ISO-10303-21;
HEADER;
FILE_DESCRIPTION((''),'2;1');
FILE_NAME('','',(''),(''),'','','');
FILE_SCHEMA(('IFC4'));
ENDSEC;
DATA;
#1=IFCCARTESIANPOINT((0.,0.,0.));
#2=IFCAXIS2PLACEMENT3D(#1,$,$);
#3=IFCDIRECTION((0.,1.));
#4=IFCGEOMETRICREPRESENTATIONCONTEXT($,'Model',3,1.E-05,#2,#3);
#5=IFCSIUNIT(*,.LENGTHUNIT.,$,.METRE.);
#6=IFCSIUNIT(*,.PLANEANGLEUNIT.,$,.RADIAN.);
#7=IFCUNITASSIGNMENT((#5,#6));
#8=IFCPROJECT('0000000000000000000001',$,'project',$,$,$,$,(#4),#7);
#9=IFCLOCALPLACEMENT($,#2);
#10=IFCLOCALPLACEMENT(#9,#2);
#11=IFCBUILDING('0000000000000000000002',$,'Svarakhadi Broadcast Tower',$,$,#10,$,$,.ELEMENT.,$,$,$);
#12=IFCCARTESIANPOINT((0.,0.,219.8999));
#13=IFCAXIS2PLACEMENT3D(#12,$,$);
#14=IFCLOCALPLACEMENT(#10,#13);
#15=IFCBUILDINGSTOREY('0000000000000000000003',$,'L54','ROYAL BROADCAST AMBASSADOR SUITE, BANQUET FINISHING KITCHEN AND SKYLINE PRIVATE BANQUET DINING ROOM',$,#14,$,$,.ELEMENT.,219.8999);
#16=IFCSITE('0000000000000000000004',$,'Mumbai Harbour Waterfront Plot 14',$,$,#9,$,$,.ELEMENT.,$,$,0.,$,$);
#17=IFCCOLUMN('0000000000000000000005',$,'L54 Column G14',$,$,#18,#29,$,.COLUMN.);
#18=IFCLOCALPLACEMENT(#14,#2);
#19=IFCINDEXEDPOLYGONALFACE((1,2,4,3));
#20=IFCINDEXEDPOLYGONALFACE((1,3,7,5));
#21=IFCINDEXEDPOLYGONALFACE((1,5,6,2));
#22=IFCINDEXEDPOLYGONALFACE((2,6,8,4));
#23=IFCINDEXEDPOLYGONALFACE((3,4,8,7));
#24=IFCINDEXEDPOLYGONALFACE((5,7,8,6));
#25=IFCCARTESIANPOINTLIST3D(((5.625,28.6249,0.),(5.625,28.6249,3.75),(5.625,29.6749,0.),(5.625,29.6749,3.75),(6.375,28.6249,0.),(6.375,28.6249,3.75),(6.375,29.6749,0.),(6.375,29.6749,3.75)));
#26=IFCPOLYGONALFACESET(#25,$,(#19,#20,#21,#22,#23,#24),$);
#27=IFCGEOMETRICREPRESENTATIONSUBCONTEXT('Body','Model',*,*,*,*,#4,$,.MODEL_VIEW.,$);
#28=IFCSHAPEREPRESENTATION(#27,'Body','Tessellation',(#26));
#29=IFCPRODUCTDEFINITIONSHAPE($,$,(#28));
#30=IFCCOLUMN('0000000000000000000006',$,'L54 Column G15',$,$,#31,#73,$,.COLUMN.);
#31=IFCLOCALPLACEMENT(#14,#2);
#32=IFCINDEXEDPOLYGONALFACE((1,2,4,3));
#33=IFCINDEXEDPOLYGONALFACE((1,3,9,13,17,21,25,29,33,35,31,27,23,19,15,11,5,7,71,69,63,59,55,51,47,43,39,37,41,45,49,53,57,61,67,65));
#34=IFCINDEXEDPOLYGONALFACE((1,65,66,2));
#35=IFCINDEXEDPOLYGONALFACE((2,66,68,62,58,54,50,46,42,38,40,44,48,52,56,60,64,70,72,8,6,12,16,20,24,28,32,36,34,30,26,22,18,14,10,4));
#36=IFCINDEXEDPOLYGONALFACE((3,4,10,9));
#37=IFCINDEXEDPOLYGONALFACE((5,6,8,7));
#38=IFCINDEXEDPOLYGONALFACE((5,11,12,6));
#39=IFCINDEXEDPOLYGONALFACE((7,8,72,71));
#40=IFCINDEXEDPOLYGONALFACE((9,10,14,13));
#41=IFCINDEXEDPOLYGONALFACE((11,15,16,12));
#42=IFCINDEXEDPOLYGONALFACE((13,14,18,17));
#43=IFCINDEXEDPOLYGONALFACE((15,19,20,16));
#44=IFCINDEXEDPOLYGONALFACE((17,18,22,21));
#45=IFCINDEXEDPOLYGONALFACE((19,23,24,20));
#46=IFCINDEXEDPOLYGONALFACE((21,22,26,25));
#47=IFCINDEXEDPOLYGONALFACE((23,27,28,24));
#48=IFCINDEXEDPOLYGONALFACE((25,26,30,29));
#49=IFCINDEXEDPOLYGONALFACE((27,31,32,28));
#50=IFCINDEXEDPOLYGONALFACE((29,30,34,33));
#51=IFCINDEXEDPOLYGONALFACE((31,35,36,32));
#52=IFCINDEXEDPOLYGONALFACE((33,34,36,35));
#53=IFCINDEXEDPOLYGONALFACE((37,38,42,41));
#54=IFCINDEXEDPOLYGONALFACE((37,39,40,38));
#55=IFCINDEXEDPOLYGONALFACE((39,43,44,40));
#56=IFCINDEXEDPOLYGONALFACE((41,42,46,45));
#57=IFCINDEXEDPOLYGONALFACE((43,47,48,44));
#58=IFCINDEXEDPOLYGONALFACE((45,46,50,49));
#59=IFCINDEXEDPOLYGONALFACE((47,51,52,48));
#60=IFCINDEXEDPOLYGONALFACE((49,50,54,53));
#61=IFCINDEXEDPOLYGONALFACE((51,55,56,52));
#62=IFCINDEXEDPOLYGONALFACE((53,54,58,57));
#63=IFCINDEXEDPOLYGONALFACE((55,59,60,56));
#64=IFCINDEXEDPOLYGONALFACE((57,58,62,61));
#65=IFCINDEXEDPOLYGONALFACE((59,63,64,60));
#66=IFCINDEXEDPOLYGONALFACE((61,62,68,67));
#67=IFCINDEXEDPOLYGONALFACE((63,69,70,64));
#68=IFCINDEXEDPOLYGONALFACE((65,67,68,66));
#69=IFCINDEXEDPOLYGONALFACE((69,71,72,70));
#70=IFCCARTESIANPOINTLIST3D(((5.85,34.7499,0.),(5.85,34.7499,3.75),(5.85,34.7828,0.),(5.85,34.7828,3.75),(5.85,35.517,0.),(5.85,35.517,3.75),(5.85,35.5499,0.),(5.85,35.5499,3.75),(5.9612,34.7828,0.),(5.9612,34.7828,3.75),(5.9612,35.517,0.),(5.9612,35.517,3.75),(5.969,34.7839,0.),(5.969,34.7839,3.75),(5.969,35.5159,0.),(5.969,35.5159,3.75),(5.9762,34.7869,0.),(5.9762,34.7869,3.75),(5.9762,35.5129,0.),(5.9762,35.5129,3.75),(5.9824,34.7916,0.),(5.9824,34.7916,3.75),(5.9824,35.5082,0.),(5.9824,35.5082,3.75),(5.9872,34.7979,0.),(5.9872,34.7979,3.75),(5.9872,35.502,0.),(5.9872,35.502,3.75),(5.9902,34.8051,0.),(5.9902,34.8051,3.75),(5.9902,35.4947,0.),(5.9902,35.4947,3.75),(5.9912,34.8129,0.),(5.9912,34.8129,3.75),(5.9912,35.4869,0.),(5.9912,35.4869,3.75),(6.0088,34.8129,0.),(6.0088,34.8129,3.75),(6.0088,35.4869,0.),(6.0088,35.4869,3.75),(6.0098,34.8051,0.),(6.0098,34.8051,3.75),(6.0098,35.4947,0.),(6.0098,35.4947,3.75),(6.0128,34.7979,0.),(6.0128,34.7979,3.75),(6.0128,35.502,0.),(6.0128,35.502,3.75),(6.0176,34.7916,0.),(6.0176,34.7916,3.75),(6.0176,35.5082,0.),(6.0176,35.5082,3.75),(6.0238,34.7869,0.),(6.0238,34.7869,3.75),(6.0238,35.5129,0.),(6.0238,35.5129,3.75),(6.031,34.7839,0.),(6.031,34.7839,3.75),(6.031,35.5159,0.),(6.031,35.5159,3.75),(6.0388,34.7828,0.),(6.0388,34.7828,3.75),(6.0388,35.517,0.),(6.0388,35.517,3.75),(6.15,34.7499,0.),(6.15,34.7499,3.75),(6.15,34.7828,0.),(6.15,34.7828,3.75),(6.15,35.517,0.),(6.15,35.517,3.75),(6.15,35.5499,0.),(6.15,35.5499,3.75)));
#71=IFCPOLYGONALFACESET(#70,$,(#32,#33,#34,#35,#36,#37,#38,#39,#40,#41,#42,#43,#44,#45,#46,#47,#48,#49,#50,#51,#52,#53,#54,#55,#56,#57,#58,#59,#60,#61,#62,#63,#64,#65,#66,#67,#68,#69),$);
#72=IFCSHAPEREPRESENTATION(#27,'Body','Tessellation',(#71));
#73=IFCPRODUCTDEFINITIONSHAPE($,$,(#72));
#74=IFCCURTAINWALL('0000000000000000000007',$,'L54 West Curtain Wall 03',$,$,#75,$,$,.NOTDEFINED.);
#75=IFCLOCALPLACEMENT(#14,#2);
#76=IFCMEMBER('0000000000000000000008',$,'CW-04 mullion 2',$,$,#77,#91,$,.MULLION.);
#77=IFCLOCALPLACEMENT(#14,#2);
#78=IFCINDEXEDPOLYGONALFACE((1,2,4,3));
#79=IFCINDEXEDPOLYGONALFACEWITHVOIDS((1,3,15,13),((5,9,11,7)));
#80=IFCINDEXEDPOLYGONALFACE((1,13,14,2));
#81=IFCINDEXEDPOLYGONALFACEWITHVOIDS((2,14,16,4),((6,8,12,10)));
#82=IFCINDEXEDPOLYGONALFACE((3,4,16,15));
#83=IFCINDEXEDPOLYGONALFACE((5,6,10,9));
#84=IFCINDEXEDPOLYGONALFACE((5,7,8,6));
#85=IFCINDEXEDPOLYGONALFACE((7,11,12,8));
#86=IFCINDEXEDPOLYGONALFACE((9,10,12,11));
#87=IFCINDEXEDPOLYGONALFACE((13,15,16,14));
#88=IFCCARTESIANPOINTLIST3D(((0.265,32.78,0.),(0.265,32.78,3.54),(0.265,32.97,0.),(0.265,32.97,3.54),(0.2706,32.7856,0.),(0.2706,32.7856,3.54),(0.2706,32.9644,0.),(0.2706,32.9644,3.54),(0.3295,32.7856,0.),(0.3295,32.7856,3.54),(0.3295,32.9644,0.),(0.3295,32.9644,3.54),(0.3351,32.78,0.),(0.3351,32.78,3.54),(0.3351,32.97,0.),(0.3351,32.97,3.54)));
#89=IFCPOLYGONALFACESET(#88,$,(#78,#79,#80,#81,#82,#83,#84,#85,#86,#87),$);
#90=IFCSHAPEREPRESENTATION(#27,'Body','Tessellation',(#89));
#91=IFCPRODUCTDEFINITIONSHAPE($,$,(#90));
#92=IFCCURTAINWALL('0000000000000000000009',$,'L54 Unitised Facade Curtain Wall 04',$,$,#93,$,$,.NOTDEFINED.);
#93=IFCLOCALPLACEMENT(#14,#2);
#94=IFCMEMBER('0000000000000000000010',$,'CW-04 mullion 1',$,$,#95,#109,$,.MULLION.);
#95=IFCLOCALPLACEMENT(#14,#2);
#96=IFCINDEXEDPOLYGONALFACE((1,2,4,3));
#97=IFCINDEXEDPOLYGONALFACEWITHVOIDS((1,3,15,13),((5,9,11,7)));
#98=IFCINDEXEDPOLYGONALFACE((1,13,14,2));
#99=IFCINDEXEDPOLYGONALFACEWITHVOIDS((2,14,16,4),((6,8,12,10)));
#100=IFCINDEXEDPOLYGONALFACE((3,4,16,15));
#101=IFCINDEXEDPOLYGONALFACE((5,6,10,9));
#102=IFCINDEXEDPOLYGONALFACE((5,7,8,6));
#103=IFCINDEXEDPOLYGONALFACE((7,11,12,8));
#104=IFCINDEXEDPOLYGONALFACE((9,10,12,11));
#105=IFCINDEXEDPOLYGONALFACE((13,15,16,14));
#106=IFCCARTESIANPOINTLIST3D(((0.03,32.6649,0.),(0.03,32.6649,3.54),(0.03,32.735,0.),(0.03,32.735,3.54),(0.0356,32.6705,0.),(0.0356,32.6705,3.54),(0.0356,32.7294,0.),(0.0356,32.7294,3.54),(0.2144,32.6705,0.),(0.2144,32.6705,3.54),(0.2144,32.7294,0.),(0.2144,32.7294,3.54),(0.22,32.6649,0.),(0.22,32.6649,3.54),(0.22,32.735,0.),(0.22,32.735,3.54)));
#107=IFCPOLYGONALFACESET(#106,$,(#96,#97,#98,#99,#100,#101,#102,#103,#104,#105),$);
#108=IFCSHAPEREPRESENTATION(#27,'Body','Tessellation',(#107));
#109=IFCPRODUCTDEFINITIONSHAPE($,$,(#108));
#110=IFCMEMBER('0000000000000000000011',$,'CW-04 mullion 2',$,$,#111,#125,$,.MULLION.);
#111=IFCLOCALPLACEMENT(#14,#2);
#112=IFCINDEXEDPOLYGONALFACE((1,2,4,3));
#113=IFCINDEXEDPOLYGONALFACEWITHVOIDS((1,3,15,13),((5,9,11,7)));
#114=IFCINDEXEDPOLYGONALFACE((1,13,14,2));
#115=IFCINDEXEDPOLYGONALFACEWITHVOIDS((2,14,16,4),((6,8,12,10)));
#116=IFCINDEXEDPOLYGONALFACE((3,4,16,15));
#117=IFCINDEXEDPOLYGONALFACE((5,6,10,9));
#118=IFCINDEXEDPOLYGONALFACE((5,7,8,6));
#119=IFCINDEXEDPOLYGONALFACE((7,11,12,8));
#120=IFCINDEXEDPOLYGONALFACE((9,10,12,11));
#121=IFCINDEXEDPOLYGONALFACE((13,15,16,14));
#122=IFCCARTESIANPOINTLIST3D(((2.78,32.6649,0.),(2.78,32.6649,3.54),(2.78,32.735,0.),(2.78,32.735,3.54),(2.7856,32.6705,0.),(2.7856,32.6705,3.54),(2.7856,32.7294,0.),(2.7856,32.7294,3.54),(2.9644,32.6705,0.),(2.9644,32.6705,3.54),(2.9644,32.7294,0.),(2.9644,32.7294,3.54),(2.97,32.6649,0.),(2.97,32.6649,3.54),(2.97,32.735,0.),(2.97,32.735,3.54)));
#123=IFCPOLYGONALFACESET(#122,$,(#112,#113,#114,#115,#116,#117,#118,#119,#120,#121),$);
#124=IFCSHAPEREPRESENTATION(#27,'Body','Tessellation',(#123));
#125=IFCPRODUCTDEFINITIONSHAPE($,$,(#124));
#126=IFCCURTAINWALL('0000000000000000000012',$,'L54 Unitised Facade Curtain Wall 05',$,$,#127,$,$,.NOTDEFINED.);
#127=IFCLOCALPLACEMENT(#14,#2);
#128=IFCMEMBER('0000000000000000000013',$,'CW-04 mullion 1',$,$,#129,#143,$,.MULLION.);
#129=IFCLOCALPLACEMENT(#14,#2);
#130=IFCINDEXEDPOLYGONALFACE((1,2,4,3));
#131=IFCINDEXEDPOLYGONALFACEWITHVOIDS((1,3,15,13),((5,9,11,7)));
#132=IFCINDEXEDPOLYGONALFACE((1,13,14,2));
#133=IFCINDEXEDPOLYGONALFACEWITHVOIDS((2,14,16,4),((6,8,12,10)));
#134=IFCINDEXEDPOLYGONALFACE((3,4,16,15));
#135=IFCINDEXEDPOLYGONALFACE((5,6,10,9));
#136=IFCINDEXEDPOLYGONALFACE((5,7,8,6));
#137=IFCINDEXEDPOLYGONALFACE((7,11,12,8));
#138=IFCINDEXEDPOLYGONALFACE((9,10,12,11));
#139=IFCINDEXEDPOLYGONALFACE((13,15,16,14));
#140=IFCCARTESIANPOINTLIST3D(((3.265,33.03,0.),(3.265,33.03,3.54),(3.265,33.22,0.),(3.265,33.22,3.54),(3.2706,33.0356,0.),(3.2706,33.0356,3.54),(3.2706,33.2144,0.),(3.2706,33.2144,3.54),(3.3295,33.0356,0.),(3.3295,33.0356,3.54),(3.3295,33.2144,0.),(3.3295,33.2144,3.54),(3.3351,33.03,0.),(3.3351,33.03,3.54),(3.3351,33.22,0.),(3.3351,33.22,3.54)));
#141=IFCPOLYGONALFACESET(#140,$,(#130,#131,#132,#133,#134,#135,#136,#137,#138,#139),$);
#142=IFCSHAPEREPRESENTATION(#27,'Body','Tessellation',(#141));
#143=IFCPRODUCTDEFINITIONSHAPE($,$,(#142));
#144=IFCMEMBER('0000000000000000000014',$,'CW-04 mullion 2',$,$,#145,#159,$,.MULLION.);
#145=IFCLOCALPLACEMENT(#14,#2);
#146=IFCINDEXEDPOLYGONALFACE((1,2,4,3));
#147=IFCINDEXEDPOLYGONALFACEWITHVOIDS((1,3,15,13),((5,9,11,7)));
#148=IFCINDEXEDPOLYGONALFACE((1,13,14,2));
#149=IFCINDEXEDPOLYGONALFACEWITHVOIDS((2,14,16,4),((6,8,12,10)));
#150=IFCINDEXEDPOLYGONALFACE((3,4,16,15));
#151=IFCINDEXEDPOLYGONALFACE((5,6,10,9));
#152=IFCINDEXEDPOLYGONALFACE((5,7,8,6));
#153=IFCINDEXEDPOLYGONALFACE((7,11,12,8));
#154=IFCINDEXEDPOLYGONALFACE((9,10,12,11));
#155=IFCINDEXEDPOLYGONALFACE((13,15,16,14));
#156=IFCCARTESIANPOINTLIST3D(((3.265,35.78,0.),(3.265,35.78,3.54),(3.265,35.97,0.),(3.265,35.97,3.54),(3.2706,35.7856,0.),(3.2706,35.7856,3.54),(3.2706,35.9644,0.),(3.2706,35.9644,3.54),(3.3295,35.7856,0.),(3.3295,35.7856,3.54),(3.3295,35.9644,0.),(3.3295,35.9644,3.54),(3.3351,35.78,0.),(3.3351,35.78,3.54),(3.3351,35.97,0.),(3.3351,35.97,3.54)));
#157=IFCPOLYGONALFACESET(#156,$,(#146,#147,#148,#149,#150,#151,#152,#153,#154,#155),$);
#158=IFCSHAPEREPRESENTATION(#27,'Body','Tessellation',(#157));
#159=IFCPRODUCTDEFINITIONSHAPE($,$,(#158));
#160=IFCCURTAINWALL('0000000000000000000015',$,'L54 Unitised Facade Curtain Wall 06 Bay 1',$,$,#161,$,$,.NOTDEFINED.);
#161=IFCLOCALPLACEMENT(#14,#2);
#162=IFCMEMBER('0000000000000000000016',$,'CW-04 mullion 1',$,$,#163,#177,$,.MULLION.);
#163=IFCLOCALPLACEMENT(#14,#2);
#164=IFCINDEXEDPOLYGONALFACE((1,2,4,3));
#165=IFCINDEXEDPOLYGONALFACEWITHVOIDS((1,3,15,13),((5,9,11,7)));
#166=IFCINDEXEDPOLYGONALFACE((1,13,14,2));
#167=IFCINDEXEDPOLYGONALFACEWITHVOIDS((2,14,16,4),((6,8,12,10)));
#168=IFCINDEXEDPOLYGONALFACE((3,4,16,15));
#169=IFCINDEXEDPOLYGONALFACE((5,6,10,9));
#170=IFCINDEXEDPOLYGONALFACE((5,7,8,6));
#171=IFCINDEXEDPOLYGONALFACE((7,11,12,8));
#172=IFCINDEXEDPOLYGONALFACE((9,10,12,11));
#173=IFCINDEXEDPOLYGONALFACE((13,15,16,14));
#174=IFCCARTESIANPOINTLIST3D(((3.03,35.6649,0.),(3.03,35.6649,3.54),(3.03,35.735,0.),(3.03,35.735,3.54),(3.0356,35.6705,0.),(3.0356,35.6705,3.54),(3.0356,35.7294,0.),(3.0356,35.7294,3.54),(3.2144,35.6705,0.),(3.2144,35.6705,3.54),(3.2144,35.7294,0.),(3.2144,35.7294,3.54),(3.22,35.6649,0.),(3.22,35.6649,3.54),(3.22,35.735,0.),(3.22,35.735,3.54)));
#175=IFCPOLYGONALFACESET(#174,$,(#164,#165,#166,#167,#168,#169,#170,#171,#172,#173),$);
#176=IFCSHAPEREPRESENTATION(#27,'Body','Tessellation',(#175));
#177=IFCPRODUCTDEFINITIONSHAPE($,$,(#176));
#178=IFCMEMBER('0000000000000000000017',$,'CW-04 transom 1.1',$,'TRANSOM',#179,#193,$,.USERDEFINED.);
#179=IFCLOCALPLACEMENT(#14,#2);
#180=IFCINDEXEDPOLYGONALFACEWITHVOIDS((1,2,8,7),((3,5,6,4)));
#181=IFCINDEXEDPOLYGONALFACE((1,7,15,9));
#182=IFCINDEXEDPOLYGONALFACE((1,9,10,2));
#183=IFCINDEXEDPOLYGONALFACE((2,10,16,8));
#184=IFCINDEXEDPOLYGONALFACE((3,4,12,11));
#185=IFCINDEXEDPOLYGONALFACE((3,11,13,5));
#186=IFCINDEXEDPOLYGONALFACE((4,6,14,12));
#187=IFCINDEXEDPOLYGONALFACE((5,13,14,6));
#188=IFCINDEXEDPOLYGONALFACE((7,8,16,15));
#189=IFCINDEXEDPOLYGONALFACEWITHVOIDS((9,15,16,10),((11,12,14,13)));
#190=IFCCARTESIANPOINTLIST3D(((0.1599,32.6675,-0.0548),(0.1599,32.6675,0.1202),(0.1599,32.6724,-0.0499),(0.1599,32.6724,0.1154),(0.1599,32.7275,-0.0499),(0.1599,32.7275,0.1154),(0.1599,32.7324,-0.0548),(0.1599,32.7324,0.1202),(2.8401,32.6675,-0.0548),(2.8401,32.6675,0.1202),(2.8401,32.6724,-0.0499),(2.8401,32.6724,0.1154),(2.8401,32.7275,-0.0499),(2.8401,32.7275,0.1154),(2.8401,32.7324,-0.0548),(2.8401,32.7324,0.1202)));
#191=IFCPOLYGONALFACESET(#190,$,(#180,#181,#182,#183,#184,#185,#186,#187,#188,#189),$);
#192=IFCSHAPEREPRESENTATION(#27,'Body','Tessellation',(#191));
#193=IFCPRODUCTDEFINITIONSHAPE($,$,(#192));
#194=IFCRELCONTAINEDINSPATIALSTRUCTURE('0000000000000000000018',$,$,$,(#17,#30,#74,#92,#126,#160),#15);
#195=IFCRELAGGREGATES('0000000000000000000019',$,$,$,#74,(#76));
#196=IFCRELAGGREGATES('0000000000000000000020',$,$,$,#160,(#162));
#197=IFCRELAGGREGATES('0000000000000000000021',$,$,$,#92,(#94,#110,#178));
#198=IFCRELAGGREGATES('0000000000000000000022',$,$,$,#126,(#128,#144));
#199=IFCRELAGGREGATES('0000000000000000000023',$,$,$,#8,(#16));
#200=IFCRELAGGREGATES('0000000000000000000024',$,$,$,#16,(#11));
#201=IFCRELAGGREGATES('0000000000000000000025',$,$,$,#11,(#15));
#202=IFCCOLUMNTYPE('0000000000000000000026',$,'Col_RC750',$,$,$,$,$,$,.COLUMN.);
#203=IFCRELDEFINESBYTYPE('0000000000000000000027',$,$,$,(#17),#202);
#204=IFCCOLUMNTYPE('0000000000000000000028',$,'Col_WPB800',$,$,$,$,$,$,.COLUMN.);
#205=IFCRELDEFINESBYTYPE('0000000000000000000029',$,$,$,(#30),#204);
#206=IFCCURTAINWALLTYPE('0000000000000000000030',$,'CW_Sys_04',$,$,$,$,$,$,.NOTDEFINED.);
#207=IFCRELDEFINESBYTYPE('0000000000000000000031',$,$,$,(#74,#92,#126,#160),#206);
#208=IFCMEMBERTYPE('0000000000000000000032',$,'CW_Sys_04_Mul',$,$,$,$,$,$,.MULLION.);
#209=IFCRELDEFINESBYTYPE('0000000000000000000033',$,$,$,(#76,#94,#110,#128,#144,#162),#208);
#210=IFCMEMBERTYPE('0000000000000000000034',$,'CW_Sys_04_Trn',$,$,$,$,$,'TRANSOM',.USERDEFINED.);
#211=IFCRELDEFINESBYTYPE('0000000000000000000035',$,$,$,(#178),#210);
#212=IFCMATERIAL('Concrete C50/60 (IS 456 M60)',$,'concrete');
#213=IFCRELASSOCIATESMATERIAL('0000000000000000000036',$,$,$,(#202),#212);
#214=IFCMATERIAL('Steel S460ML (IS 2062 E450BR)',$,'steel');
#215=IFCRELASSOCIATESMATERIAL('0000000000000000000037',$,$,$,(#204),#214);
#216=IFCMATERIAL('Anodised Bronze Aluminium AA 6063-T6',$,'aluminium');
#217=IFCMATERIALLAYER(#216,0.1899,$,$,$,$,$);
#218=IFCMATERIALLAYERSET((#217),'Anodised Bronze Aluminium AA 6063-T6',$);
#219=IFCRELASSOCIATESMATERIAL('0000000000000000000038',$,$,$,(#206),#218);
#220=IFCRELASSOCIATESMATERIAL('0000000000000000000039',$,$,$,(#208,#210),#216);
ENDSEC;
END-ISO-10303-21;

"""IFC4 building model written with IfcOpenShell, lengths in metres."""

from ifc_helpers import new_model, si_unit, direction, frame, origin, origin_2d, place, context, subcontext, project, spatial, rectangle, hollow_rectangle, i_section, extrude, material, layer, layer_set, material_profile, profile_set, type_object, element, aggregate, save


model = new_model("IFC4")

# Units and contexts
model_context = context("Model", 3, precision=1e-05, world=origin(), true_north=direction((0.0, 1.0)))
body_context = subcontext(model_context, "Body", "Model", "MODEL_VIEW")
ifc_project = project(units=[si_unit("LENGTHUNIT", "METRE"), si_unit("PLANEANGLEUNIT", "RADIAN")], contexts=[model_context])

# Site, building, storey
site_placement = place(None, origin())
site = spatial("IfcSite", under=ifc_project, at=site_placement, Name="Mumbai Harbour Waterfront Plot 14", CompositionType="ELEMENT", RefElevation=0.0)
building_placement = place(site_placement, origin())
building = spatial("IfcBuilding", under=site, at=building_placement, Name="Svarakhadi Broadcast Tower", CompositionType="ELEMENT")
storey_placement = place(building_placement, frame((0.0, 0.0, 219.8999)))
storey = spatial("IfcBuildingStorey", under=building, at=storey_placement, Name="L54", Description="ROYAL BROADCAST AMBASSADOR SUITE, BANQUET FINISHING KITCHEN AND SKYLINE PRIVATE BANQUET DINING ROOM", CompositionType="ELEMENT", Elevation=219.8999)

# Columns
ifc_material_1 = material(Name="Concrete C50/60 (IS 456 M60)", Category="concrete")
ifc_material_profile_1 = material_profile(ifc_material_1, rectangle(XDim=0.75, YDim=1.05, at=origin_2d()), Name="RC 750x1050")
ifc_profile_set_1 = profile_set([ifc_material_profile_1], Name="Concrete C50/60 (IS 456 M60)")
column_type_1 = type_object("IfcColumnType", Name="Col_RC750", PredefinedType="COLUMN", material=ifc_profile_set_1)
column_1_placement = place(storey_placement, frame((6.0, 29.1499, 0.0), z_axis=(0.0, 0.0, 1.0), x_axis=(1.0, 0.0, 0.0)))
element("IfcColumn", 1, at=column_1_placement, inside=storey, type_object=column_type_1, Name="L54 Column G14", PredefinedType="COLUMN", context=body_context, shape_type="SweptSolid", body=[
    extrude(rectangle(XDim=0.75, YDim=1.05, at=origin_2d()), origin(), (0.0, 0.0, 1.0), 3.75),
])
ifc_material_2 = material(Name="Steel S460ML (IS 2062 E450BR)", Category="steel")
ifc_material_profile_2 = material_profile(ifc_material_2, i_section(OverallWidth=0.3, OverallDepth=0.8, WebThickness=0.0176, FlangeThickness=0.033, FilletRadius=0.03, at=origin_2d()), Name="WPB 800x300x262")
ifc_profile_set_2 = profile_set([ifc_material_profile_2], Name="Steel S460ML (IS 2062 E450BR)")
column_type_2 = type_object("IfcColumnType", Name="Col_WPB800", PredefinedType="COLUMN", material=ifc_profile_set_2)
column_2_placement = place(storey_placement, frame((6.0, 35.1499, 0.0), z_axis=(0.0, 0.0, 1.0), x_axis=(1.0, 0.0, 0.0)))
element("IfcColumn", 2, at=column_2_placement, inside=storey, type_object=column_type_2, Name="L54 Column G15", PredefinedType="COLUMN", context=body_context, shape_type="SweptSolid", body=[
    extrude(i_section(OverallWidth=0.3, OverallDepth=0.8, WebThickness=0.0176, FlangeThickness=0.033, FilletRadius=0.03, at=origin_2d()), origin(), (0.0, 0.0, 1.0), 3.75),
])

# Curtain wall, member
ifc_material_3 = material(Name="Anodised Bronze Aluminium AA 6063-T6", Category="aluminium")
ifc_layer_1 = layer(ifc_material_3, 0.1899)
ifc_layer_set_1 = layer_set([ifc_layer_1], Name="Anodised Bronze Aluminium AA 6063-T6")
curtain_wall_type = type_object("IfcCurtainWallType", Name="CW_Sys_04", PredefinedType="NOTDEFINED", material=ifc_layer_set_1)
curtain_wall_1_placement = place(storey_placement, origin())
curtain_wall_1 = element("IfcCurtainWall", 3, at=curtain_wall_1_placement, inside=storey, type_object=curtain_wall_type, Name="L54 West Curtain Wall 03", PredefinedType="NOTDEFINED")
ifc_material_profile_3 = material_profile(ifc_material_3, hollow_rectangle(XDim=0.0701, YDim=0.1899, WallThickness=0.0056, at=origin_2d()), Name="ALU MULLION 190x70x6")
ifc_profile_set_3 = profile_set([ifc_material_profile_3], Name="Anodised Bronze Aluminium AA 6063-T6")
member_type_1 = type_object("IfcMemberType", Name="CW_Sys_04_Mul", PredefinedType="MULLION", material=ifc_profile_set_3)
member_1_placement = place(storey_placement, frame((0.3, 32.875, 0.0), z_axis=(0.0, 0.0, 1.0), x_axis=(-1.0, 0.0, 0.0)))
member_1 = element("IfcMember", 4, at=member_1_placement, type_object=member_type_1, Name="CW-04 mullion 2", PredefinedType="MULLION", context=body_context, shape_type="SweptSolid", body=[
    extrude(hollow_rectangle(XDim=0.0701, YDim=0.1899, WallThickness=0.0056, at=origin_2d()), origin(), (0.0, 0.0, 1.0), 3.54),
])
aggregate(curtain_wall_1, [member_1])

# Curtain walls, members
curtain_wall_2_placement = place(storey_placement, origin())
curtain_wall_2 = element("IfcCurtainWall", 5, at=curtain_wall_2_placement, inside=storey, type_object=curtain_wall_type, Name="L54 Unitised Facade Curtain Wall 04", PredefinedType="NOTDEFINED")
member_2_placement = place(storey_placement, frame((0.125, 32.7, 0.0), z_axis=(0.0, 0.0, 1.0), x_axis=(0.0, 1.0, 0.0)))
member_2 = element("IfcMember", 6, at=member_2_placement, type_object=member_type_1, Name="CW-04 mullion 1", PredefinedType="MULLION", context=body_context, shape_type="SweptSolid", body=[
    extrude(hollow_rectangle(XDim=0.0701, YDim=0.1899, WallThickness=0.0056, at=origin_2d()), origin(), (0.0, 0.0, 1.0), 3.54),
])
member_3_placement = place(storey_placement, frame((2.875, 32.7, 0.0), z_axis=(0.0, 0.0, 1.0), x_axis=(0.0, 1.0, 0.0)))
member_3 = element("IfcMember", 7, at=member_3_placement, type_object=member_type_1, Name="CW-04 mullion 2", PredefinedType="MULLION", context=body_context, shape_type="SweptSolid", body=[
    extrude(hollow_rectangle(XDim=0.0701, YDim=0.1899, WallThickness=0.0056, at=origin_2d()), origin(), (0.0, 0.0, 1.0), 3.54),
])
curtain_wall_3_placement = place(storey_placement, origin())
curtain_wall_3 = element("IfcCurtainWall", 8, at=curtain_wall_3_placement, inside=storey, type_object=curtain_wall_type, Name="L54 Unitised Facade Curtain Wall 05", PredefinedType="NOTDEFINED")
member_4_placement = place(storey_placement, frame((3.3, 33.125, 0.0), z_axis=(0.0, 0.0, 1.0), x_axis=(-1.0, 0.0, 0.0)))
member_4 = element("IfcMember", 9, at=member_4_placement, type_object=member_type_1, Name="CW-04 mullion 1", PredefinedType="MULLION", context=body_context, shape_type="SweptSolid", body=[
    extrude(hollow_rectangle(XDim=0.0701, YDim=0.1899, WallThickness=0.0056, at=origin_2d()), origin(), (0.0, 0.0, 1.0), 3.54),
])
member_5_placement = place(storey_placement, frame((3.3, 35.875, 0.0), z_axis=(0.0, 0.0, 1.0), x_axis=(-1.0, 0.0, 0.0)))
member_5 = element("IfcMember", 10, at=member_5_placement, type_object=member_type_1, Name="CW-04 mullion 2", PredefinedType="MULLION", context=body_context, shape_type="SweptSolid", body=[
    extrude(hollow_rectangle(XDim=0.0701, YDim=0.1899, WallThickness=0.0056, at=origin_2d()), origin(), (0.0, 0.0, 1.0), 3.54),
])

# Curtain wall, member
curtain_wall_4_placement = place(storey_placement, origin())
curtain_wall_4 = element("IfcCurtainWall", 11, at=curtain_wall_4_placement, inside=storey, type_object=curtain_wall_type, Name="L54 Unitised Facade Curtain Wall 06 Bay 1", PredefinedType="NOTDEFINED")
member_6_placement = place(storey_placement, frame((3.125, 35.7, 0.0), z_axis=(0.0, 0.0, 1.0), x_axis=(0.0, 1.0, 0.0)))
member_6 = element("IfcMember", 12, at=member_6_placement, type_object=member_type_1, Name="CW-04 mullion 1", PredefinedType="MULLION", context=body_context, shape_type="SweptSolid", body=[
    extrude(hollow_rectangle(XDim=0.0701, YDim=0.1899, WallThickness=0.0056, at=origin_2d()), origin(), (0.0, 0.0, 1.0), 3.54),
])

# Member
ifc_material_profile_4 = material_profile(ifc_material_3, hollow_rectangle(XDim=0.0649, YDim=0.175, WallThickness=0.0049, at=origin_2d()), Name="ALU TRANSOM 175x65x5")
ifc_profile_set_4 = profile_set([ifc_material_profile_4], Name="Anodised Bronze Aluminium AA 6063-T6")
member_type_2 = type_object("IfcMemberType", Name="CW_Sys_04_Trn", ElementType="TRANSOM", PredefinedType="USERDEFINED", material=ifc_profile_set_4)
member_7_placement = place(storey_placement, frame((0.1599, 32.7, 0.0327), z_axis=(1.0, 0.0, 0.0), x_axis=(0.0, 1.0, 0.0)))
member_7 = element("IfcMember", 13, at=member_7_placement, type_object=member_type_2, Name="CW-04 transom 1.1", ObjectType="TRANSOM", PredefinedType="USERDEFINED", context=body_context, shape_type="SweptSolid", body=[
    extrude(hollow_rectangle(XDim=0.0649, YDim=0.175, WallThickness=0.0049, at=origin_2d()), origin(), (0.0, 0.0, 1.0), 2.6802),
])
aggregate(curtain_wall_4, [member_6])

aggregate(curtain_wall_2, [member_2, member_3, member_7])
aggregate(curtain_wall_3, [member_4, member_5])

save(model, "model.ifc")
